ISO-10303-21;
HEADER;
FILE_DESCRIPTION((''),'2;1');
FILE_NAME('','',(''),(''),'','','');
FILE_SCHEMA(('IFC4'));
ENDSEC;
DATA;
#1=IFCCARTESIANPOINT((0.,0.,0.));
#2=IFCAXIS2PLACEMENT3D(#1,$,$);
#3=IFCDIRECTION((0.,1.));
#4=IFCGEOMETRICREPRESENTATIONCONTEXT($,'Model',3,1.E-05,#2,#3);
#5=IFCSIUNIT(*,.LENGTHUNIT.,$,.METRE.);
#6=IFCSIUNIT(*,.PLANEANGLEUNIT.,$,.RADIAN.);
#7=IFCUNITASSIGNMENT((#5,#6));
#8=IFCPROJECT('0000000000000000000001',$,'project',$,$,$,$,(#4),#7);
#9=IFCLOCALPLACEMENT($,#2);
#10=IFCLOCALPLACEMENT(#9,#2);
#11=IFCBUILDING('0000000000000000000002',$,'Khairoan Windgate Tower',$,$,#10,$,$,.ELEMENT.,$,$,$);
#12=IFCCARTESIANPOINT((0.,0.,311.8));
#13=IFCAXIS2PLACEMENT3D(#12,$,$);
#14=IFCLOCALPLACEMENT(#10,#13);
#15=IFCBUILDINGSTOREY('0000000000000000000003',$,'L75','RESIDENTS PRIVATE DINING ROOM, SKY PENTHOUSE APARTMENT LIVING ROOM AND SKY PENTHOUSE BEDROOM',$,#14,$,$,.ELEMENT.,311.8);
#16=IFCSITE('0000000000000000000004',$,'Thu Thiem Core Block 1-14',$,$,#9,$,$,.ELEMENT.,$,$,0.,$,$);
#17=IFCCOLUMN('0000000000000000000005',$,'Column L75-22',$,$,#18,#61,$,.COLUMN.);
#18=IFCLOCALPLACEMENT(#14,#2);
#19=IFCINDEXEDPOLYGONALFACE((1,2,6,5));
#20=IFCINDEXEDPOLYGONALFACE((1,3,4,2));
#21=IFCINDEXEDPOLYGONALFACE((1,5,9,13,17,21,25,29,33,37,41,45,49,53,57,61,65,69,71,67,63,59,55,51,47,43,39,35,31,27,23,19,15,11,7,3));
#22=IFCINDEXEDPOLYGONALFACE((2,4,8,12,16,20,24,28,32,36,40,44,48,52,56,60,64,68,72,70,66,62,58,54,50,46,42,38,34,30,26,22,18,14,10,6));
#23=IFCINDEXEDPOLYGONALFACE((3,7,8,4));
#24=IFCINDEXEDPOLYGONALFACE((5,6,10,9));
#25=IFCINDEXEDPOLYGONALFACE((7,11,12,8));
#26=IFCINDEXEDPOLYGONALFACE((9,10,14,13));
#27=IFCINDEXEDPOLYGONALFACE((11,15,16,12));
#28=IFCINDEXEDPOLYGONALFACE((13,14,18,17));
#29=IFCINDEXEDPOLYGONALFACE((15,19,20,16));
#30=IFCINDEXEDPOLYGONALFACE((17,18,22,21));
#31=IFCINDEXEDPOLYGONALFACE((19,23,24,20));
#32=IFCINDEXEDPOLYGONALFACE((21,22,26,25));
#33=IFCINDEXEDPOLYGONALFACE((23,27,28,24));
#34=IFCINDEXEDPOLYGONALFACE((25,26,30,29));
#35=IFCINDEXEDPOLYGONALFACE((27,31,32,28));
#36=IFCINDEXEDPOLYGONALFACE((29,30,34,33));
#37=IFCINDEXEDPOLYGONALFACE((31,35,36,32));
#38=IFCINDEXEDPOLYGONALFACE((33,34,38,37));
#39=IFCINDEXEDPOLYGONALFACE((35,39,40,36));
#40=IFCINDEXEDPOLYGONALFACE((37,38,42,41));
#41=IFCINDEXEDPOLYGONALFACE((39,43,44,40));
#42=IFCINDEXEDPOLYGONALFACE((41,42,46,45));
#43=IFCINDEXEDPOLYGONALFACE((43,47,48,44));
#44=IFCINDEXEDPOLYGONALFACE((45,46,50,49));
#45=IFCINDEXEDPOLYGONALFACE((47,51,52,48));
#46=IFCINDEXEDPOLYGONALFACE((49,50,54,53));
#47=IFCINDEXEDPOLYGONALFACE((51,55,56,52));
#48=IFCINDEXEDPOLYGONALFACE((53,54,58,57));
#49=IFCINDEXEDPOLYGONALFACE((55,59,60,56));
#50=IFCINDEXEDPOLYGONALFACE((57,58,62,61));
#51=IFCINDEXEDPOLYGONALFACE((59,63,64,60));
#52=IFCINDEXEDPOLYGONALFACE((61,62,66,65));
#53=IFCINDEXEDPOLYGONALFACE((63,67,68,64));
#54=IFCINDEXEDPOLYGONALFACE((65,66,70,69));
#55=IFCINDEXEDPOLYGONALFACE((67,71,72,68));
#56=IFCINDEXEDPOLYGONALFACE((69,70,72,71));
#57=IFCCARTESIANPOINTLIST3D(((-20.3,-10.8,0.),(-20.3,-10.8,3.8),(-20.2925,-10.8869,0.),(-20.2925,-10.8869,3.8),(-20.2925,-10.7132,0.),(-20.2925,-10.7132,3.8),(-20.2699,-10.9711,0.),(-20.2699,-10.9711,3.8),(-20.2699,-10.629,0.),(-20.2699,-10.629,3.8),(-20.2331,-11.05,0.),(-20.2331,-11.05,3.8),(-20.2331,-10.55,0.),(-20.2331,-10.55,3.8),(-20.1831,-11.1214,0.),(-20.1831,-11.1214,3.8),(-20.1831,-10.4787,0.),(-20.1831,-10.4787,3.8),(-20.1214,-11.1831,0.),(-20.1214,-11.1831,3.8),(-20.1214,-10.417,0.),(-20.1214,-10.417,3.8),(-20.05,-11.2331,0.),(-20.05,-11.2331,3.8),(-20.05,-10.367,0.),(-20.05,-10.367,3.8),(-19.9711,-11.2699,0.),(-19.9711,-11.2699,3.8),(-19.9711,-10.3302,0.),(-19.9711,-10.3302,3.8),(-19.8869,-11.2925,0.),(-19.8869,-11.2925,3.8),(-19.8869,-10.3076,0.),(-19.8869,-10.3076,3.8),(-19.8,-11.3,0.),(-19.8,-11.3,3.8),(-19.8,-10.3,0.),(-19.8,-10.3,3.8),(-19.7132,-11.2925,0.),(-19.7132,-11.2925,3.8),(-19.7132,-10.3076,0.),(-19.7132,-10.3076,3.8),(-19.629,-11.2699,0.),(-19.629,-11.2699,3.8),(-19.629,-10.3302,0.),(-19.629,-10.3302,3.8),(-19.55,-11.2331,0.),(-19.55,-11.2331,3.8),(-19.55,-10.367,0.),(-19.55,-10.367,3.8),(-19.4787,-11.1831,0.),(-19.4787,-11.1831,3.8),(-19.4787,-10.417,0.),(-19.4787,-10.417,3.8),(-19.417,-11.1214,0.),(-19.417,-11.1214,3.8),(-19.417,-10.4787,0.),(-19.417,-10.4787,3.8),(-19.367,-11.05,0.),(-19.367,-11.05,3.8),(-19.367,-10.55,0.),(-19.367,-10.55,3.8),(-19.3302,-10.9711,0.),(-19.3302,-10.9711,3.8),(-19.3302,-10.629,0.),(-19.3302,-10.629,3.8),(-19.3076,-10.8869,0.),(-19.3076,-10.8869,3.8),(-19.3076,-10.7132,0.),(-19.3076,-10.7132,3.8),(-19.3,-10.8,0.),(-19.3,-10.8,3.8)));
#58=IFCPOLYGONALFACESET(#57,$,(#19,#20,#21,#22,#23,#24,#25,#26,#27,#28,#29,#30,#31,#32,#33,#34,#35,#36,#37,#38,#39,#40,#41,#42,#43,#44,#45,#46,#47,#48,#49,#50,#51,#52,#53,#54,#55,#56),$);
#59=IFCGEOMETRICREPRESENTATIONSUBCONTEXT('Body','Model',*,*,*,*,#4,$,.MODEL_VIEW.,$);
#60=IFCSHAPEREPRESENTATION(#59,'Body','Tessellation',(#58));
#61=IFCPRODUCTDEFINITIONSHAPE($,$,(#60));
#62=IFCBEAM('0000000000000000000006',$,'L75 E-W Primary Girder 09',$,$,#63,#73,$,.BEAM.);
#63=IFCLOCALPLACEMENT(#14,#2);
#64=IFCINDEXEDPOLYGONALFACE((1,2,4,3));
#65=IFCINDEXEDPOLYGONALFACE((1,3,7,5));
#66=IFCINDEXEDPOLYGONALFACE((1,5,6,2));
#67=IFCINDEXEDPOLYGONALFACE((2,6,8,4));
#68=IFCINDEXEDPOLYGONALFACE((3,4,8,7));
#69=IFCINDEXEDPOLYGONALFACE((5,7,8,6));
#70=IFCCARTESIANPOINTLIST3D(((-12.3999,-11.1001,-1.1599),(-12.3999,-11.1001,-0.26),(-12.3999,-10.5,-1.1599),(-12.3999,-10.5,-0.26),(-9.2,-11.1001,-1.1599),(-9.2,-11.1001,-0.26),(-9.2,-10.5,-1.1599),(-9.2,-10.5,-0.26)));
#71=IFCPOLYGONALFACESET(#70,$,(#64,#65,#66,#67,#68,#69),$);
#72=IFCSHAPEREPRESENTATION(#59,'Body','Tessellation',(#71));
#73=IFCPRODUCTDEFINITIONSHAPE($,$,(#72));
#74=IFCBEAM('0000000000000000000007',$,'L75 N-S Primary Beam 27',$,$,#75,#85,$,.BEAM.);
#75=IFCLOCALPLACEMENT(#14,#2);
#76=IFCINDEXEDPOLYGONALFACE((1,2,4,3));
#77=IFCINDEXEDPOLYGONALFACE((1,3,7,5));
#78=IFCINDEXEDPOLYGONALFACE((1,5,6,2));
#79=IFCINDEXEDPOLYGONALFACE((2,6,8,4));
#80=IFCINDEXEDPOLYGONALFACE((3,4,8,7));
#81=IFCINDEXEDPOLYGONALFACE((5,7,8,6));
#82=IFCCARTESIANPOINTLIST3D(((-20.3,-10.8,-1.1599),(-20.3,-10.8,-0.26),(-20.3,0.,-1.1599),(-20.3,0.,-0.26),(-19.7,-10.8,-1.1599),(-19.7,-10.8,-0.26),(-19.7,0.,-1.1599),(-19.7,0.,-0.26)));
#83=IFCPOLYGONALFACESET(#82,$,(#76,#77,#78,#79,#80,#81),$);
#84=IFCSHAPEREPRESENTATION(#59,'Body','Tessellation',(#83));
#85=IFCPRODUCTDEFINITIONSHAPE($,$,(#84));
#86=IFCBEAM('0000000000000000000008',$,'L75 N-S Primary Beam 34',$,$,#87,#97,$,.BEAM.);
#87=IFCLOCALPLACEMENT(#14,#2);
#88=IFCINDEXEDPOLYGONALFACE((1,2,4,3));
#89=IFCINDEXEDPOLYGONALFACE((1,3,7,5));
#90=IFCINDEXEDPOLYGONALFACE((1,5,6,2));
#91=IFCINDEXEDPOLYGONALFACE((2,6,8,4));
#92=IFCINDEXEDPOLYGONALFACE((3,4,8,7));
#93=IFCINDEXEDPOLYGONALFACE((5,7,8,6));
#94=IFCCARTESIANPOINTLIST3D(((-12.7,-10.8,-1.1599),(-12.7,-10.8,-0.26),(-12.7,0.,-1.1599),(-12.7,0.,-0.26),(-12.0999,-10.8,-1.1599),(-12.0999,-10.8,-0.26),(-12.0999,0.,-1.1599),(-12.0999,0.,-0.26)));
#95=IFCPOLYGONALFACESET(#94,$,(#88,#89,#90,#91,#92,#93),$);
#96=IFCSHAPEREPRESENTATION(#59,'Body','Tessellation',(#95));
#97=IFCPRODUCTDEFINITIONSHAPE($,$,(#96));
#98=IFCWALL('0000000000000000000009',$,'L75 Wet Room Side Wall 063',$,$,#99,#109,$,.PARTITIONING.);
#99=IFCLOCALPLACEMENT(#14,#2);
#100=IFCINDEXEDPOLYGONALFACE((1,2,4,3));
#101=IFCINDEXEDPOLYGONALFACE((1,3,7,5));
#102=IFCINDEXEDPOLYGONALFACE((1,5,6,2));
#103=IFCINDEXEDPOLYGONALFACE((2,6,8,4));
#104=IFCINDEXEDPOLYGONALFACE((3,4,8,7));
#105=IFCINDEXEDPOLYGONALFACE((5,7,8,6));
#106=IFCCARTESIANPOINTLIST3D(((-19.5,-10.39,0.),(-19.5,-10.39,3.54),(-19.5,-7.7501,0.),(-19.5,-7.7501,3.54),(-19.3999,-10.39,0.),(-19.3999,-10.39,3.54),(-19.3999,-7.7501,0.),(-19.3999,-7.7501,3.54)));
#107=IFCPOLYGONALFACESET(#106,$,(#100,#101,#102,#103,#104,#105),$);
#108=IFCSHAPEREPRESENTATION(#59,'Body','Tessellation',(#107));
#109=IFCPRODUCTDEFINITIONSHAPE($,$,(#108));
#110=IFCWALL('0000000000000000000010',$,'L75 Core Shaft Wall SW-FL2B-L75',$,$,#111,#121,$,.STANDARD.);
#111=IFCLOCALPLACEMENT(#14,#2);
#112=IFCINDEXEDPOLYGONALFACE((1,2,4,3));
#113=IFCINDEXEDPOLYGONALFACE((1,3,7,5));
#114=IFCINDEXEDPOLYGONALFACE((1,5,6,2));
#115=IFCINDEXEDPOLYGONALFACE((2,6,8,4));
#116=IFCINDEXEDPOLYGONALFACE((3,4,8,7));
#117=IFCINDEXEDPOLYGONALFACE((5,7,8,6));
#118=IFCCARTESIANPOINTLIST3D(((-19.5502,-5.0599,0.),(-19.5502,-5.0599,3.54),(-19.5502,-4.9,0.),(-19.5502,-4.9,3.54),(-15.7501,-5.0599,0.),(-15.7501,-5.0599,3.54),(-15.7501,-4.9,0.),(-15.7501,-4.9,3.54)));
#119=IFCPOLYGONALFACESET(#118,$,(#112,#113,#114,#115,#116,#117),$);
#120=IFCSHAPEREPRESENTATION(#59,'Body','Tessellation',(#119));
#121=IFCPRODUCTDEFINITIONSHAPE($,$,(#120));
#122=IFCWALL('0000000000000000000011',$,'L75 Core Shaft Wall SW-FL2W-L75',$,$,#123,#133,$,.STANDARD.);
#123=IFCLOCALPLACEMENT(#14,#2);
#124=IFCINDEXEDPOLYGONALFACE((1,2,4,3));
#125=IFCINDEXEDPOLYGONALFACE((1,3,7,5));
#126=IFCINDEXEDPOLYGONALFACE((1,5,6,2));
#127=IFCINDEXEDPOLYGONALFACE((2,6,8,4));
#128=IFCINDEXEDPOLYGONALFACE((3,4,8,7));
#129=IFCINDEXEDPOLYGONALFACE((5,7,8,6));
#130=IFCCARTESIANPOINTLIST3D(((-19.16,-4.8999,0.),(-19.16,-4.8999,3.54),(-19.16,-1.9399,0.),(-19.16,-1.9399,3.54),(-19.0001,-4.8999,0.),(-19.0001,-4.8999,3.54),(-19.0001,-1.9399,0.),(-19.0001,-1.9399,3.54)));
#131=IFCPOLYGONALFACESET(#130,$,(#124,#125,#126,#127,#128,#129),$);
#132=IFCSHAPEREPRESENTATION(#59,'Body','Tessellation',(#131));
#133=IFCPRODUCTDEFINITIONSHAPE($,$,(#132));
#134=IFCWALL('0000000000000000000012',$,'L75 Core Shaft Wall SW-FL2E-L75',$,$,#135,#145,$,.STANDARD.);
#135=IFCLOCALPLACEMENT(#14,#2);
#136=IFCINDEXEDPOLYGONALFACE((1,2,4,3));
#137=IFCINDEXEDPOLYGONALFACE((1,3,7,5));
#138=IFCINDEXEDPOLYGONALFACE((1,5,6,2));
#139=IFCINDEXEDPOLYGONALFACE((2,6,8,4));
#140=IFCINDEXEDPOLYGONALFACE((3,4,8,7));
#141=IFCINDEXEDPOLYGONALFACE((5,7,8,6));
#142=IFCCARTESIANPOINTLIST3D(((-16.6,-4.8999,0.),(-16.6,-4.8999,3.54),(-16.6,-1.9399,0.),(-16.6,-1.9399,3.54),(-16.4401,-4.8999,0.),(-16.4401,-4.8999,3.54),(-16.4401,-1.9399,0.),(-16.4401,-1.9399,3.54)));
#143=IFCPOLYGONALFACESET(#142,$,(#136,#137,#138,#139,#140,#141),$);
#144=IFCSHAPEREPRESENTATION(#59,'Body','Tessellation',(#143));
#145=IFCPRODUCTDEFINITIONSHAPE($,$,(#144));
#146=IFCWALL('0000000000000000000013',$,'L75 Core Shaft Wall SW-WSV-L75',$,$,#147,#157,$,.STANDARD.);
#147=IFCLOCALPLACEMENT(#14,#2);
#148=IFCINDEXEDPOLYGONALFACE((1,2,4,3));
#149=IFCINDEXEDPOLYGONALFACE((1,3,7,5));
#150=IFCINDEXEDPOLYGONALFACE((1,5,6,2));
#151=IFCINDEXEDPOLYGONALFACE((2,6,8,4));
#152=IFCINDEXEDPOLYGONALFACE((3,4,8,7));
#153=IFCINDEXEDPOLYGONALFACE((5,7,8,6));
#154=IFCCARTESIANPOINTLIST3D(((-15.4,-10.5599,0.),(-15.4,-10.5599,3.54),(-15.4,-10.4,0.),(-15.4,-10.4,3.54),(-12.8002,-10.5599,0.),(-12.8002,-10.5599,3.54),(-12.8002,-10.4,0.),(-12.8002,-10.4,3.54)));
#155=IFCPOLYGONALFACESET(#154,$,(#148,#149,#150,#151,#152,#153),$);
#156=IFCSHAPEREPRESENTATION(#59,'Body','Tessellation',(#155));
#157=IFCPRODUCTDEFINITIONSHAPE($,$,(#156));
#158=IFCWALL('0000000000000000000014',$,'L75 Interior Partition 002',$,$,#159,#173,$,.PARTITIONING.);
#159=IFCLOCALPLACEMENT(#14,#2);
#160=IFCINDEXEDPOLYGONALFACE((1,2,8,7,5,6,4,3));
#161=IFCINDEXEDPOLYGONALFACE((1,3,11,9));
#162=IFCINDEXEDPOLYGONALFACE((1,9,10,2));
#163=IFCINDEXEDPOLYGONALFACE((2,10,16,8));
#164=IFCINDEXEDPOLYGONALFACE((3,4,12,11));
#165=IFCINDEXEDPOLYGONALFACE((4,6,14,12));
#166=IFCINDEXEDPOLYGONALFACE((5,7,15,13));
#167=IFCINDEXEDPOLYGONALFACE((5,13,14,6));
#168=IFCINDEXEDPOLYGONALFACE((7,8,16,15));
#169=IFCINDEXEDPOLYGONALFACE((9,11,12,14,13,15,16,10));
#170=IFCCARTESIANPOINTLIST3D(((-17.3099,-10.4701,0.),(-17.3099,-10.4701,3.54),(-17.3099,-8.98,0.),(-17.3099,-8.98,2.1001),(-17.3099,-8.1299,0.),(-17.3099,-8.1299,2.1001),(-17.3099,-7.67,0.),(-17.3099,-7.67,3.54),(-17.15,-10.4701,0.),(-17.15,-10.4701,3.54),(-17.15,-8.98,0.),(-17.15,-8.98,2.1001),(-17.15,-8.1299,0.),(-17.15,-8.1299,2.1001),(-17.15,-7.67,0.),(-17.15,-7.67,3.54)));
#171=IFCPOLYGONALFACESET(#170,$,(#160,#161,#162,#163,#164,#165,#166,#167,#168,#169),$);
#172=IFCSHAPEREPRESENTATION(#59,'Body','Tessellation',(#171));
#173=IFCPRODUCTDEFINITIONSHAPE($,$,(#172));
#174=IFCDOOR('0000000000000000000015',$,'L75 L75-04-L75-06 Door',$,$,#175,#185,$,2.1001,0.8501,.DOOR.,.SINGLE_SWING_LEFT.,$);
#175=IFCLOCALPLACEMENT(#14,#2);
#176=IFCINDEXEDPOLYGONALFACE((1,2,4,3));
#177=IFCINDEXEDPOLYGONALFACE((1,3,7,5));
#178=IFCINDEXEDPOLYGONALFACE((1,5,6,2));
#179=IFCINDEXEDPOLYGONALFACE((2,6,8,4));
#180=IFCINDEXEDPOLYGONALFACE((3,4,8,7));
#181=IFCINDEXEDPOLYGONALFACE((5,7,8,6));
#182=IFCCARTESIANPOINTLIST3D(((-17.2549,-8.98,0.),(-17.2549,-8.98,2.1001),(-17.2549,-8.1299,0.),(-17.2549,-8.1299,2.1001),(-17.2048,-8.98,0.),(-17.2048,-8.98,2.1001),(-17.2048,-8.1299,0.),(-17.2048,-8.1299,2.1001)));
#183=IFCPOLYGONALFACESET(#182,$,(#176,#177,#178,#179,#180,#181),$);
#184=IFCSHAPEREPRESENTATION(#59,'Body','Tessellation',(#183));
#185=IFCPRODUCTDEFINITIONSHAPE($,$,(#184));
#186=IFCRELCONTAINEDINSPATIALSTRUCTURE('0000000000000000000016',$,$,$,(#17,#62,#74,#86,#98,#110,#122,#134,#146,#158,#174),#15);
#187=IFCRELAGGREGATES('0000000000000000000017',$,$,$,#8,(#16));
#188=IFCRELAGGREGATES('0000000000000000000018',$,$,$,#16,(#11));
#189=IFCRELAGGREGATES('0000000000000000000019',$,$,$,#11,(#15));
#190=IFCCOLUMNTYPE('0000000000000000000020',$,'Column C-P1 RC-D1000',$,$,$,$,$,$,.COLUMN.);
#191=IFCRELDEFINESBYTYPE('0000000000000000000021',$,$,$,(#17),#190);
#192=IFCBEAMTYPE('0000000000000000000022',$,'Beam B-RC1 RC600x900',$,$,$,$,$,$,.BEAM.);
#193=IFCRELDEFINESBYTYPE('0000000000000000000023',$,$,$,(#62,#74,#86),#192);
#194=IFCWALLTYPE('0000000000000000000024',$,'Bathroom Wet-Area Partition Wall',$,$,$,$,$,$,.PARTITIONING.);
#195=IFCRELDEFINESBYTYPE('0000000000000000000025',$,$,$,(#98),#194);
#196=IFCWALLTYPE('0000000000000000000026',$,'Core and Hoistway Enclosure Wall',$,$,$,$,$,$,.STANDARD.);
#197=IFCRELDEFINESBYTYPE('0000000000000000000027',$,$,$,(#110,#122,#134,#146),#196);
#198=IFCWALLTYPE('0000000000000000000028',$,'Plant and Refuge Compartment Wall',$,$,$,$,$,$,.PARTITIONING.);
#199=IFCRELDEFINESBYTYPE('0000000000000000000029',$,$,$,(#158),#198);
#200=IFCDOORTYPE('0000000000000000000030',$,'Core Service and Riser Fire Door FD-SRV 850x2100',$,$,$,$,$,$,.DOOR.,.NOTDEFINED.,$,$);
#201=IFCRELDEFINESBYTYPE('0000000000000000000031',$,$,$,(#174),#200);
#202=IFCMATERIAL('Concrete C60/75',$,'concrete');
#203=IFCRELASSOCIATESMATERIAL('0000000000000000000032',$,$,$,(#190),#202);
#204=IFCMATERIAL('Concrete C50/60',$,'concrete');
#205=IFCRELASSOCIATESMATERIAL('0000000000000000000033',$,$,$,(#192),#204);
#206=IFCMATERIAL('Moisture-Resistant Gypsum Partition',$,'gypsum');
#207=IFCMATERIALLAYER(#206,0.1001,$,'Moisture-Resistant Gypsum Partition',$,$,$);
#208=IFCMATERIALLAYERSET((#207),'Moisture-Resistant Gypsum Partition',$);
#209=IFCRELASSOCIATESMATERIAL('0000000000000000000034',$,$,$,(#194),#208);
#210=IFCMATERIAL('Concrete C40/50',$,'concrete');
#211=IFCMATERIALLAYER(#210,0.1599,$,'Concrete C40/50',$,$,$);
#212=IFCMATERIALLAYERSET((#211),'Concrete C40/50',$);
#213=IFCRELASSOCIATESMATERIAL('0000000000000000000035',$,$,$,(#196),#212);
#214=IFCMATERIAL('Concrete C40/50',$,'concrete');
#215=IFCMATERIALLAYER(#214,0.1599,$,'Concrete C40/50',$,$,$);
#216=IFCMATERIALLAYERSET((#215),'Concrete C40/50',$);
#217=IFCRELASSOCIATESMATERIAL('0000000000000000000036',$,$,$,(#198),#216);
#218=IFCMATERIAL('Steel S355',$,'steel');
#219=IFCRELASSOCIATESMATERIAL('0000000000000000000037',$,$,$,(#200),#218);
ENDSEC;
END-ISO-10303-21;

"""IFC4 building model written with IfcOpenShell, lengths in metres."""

from ifc_helpers import new_model, si_unit, direction, frame, frame_2d, origin, origin_2d, place, context, subcontext, project, spatial, rectangle, circle, extrude, material, layer, layer_set, material_profile, profile_set, type_object, element, fill, save


model = new_model("IFC4")

# Units and contexts
model_context = context("Model", 3, precision=1e-05, world=origin(), true_north=direction((0.0, 1.0)))
body_context = subcontext(model_context, "Body", "Model", "MODEL_VIEW")
ifc_project = project(units=[si_unit("LENGTHUNIT", "METRE"), si_unit("PLANEANGLEUNIT", "RADIAN")], contexts=[model_context])

# Site, building, storey
site_placement = place(None, origin())
site = spatial("IfcSite", under=ifc_project, at=site_placement, Name="Thu Thiem Core Block 1-14", CompositionType="ELEMENT", RefElevation=0.0)
building_placement = place(site_placement, origin())
building = spatial("IfcBuilding", under=site, at=building_placement, Name="Khairoan Windgate Tower", CompositionType="ELEMENT")
storey_placement = place(building_placement, frame((0.0, 0.0, 311.8)))
storey = spatial("IfcBuildingStorey", under=building, at=storey_placement, Name="L75", Description="RESIDENTS PRIVATE DINING ROOM, SKY PENTHOUSE APARTMENT LIVING ROOM AND SKY PENTHOUSE BEDROOM", CompositionType="ELEMENT", Elevation=311.8)

# Column
ifc_material_1 = material(Name="Concrete C60/75", Category="concrete")
ifc_material_profile_1 = material_profile(ifc_material_1, circle(Radius=0.5, at=origin_2d()))
ifc_profile_set_1 = profile_set([ifc_material_profile_1], Name="Concrete C60/75")
column_type = type_object("IfcColumnType", Name="Column C-P1 RC-D1000", PredefinedType="COLUMN", material=ifc_profile_set_1)
column_placement = place(storey_placement, frame((-19.8, -10.8, 0.0), z_axis=(0.0, 0.0, 1.0), x_axis=(1.0, 0.0, 0.0)))
element("IfcColumn", 1, at=column_placement, inside=storey, type_object=column_type, Name="Column L75-22", PredefinedType="COLUMN", context=body_context, shape_type="SweptSolid", body=[
    extrude(circle(Radius=0.5, at=origin_2d()), origin(), (0.0, 0.0, 1.0), 3.8),
])

# Beams
ifc_material_2 = material(Name="Concrete C50/60", Category="concrete")
ifc_material_profile_2 = material_profile(ifc_material_2, rectangle(XDim=0.6001, YDim=0.8999, at=origin_2d()))
ifc_profile_set_2 = profile_set([ifc_material_profile_2], Name="Concrete C50/60")
beam_type = type_object("IfcBeamType", Name="Beam B-RC1 RC600x900", PredefinedType="BEAM", material=ifc_profile_set_2)
beam_placement = place(storey_placement, frame((-12.3999, -10.8, -0.71), z_axis=(1.0, 0.0, 0.0), x_axis=(0.0, 1.0, 0.0)))
element("IfcBeam", 2, at=beam_placement, inside=storey, type_object=beam_type, Name="L75 E-W Primary Girder 09", PredefinedType="BEAM", context=body_context, shape_type="SweptSolid", body=[
    extrude(rectangle(XDim=0.6001, YDim=0.8999, at=origin_2d()), origin(), (0.0, 0.0, 1.0), 3.2),
])
for number, where, z_axis, x_axis, name in (
    (3, (-20.0, -10.8, -0.71), (0.0, 1.0, 0.0), (-1.0, 0.0, 0.0), "L75 N-S Primary Beam 27"),
    (4, (-12.3999, -10.8, -0.71), (0.0, 1.0, 0.0), (-1.0, 0.0, 0.0), "L75 N-S Primary Beam 34"),
):
    element("IfcBeam", number, at=place(storey_placement, frame(where, z_axis=z_axis, x_axis=x_axis)), inside=storey, type_object=beam_type, Name=name, PredefinedType="BEAM", context=body_context, shape_type="SweptSolid", body=[
        extrude(rectangle(XDim=0.6001, YDim=0.8999, at=origin_2d()), origin(), (0.0, 0.0, 1.0), 10.8),
    ])

# Walls
ifc_material_3 = material(Name="Moisture-Resistant Gypsum Partition", Category="gypsum")
ifc_layer_1 = layer(ifc_material_3, 0.1001, Name="Moisture-Resistant Gypsum Partition")
ifc_layer_set_1 = layer_set([ifc_layer_1], Name="Moisture-Resistant Gypsum Partition")
wall_type_1 = type_object("IfcWallType", Name="Bathroom Wet-Area Partition Wall", PredefinedType="PARTITIONING", material=ifc_layer_set_1)
wall_1_placement = place(storey_placement, frame((-19.45, -10.3899, 0.0), z_axis=(0.0, 0.0, 1.0), x_axis=(0.0, 1.0, 0.0)))
element("IfcWall", 5, at=wall_1_placement, inside=storey, type_object=wall_type_1, Name="L75 Wet Room Side Wall 063", PredefinedType="PARTITIONING", context=body_context, shape_type="SweptSolid", body=[
    extrude(rectangle(XDim=2.6399, YDim=0.1001, at=frame_2d((1.3198, 0.0))), origin(), (0.0, 0.0, 1.0), 3.54),
])
ifc_material_4 = material(Name="Concrete C40/50", Category="concrete")
ifc_layer_2 = layer(ifc_material_4, 0.1599, Name="Concrete C40/50")
ifc_layer_set_2 = layer_set([ifc_layer_2], Name="Concrete C40/50")
wall_type_2 = type_object("IfcWallType", Name="Core and Hoistway Enclosure Wall", PredefinedType="STANDARD", material=ifc_layer_set_2)
wall_2_placement = place(storey_placement, frame((-19.55, -4.98, 0.0), z_axis=(0.0, 0.0, 1.0), x_axis=(1.0, 0.0, 0.0)))
element("IfcWall", 6, at=wall_2_placement, inside=storey, type_object=wall_type_2, Name="L75 Core Shaft Wall SW-FL2B-L75", PredefinedType="STANDARD", context=body_context, shape_type="SweptSolid", body=[
    extrude(rectangle(XDim=3.8, YDim=0.1599, at=frame_2d((1.8999, 0.0))), origin(), (0.0, 0.0, 1.0), 3.54),
])
for number, where, z_axis, x_axis, name in (
    (7, (-19.0801, -4.8999, 0.0), (0.0, 0.0, 1.0), (0.0, 1.0, 0.0), "L75 Core Shaft Wall SW-FL2W-L75"),
    (8, (-16.52, -4.8999, 0.0), (0.0, 0.0, 1.0), (0.0, 1.0, 0.0), "L75 Core Shaft Wall SW-FL2E-L75"),
):
    element("IfcWall", number, at=place(storey_placement, frame(where, z_axis=z_axis, x_axis=x_axis)), inside=storey, type_object=wall_type_2, Name=name, PredefinedType="STANDARD", context=body_context, shape_type="SweptSolid", body=[
        extrude(rectangle(XDim=2.96, YDim=0.1599, at=frame_2d((1.48, 0.0))), origin(), (0.0, 0.0, 1.0), 3.54),
    ])
wall_3_placement = place(storey_placement, frame((-15.3999, -10.48, 0.0), z_axis=(0.0, 0.0, 1.0), x_axis=(1.0, 0.0, 0.0)))
element("IfcWall", 9, at=wall_3_placement, inside=storey, type_object=wall_type_2, Name="L75 Core Shaft Wall SW-WSV-L75", PredefinedType="STANDARD", context=body_context, shape_type="SweptSolid", body=[
    extrude(rectangle(XDim=2.5999, YDim=0.1599, at=frame_2d((1.2998, 0.0))), origin(), (0.0, 0.0, 1.0), 3.54),
])

# Wall, opening, door
ifc_material_5 = material(Name="Concrete C40/50", Category="concrete")
ifc_layer_3 = layer(ifc_material_5, 0.1599, Name="Concrete C40/50")
ifc_layer_set_3 = layer_set([ifc_layer_3], Name="Concrete C40/50")
wall_type_3 = type_object("IfcWallType", Name="Plant and Refuge Compartment Wall", PredefinedType="PARTITIONING", material=ifc_layer_set_3)
wall_4_placement = place(storey_placement, frame((-17.23, -10.47, 0.0), z_axis=(0.0, 0.0, 1.0), x_axis=(0.0, 1.0, 0.0)))
wall_4 = element("IfcWall", 10, at=wall_4_placement, inside=storey, type_object=wall_type_3, Name="L75 Interior Partition 002", PredefinedType="PARTITIONING", context=body_context, shape_type="SweptSolid", body=[
    extrude(rectangle(XDim=2.8, YDim=0.1599, at=frame_2d((1.3999, 0.0))), origin(), (0.0, 0.0, 1.0), 3.54),
])
opening_1_placement = place(wall_4_placement, frame((1.49, 0.0, 0.0)))
opening_1 = element("IfcOpeningElement", 11, at=opening_1_placement, cuts=wall_4, PredefinedType="OPENING", context=body_context, shape_type="SweptSolid", body=[
    extrude(rectangle(XDim=0.8501, YDim=2.1001, at=frame_2d((0.425, 1.05))), frame((0.0, 0.0898, 0.0), z_axis=(0.0, -1.0, 0.0), x_axis=(1.0, 0.0, 0.0)), (0.0, 0.0, 1.0), 0.1799),
])
ifc_material_6 = material(Name="Steel S355", Category="steel")
door_type = type_object("IfcDoorType", Name="Core Service and Riser Fire Door FD-SRV 850x2100", OperationType="NOTDEFINED", PredefinedType="DOOR", material=ifc_material_6)
door_1_placement = place(opening_1_placement, origin())
door_1 = element("IfcDoor", 12, at=door_1_placement, inside=storey, type_object=door_type, Name="L75 L75-04-L75-06 Door", OperationType="SINGLE_SWING_LEFT", OverallHeight=2.1001, OverallWidth=0.8501, PredefinedType="DOOR", context=body_context, shape_type="SweptSolid", body=[
    extrude(rectangle(XDim=0.8501, YDim=2.1001, at=frame_2d((0.425, 1.05))), frame((0.0, 0.0249, 0.0), z_axis=(0.0, -1.0, 0.0), x_axis=(1.0, 0.0, 0.0)), (0.0, 0.0, 1.0), 0.05),
])
fill(opening_1, door_1)

save(model, "model.ifc")
